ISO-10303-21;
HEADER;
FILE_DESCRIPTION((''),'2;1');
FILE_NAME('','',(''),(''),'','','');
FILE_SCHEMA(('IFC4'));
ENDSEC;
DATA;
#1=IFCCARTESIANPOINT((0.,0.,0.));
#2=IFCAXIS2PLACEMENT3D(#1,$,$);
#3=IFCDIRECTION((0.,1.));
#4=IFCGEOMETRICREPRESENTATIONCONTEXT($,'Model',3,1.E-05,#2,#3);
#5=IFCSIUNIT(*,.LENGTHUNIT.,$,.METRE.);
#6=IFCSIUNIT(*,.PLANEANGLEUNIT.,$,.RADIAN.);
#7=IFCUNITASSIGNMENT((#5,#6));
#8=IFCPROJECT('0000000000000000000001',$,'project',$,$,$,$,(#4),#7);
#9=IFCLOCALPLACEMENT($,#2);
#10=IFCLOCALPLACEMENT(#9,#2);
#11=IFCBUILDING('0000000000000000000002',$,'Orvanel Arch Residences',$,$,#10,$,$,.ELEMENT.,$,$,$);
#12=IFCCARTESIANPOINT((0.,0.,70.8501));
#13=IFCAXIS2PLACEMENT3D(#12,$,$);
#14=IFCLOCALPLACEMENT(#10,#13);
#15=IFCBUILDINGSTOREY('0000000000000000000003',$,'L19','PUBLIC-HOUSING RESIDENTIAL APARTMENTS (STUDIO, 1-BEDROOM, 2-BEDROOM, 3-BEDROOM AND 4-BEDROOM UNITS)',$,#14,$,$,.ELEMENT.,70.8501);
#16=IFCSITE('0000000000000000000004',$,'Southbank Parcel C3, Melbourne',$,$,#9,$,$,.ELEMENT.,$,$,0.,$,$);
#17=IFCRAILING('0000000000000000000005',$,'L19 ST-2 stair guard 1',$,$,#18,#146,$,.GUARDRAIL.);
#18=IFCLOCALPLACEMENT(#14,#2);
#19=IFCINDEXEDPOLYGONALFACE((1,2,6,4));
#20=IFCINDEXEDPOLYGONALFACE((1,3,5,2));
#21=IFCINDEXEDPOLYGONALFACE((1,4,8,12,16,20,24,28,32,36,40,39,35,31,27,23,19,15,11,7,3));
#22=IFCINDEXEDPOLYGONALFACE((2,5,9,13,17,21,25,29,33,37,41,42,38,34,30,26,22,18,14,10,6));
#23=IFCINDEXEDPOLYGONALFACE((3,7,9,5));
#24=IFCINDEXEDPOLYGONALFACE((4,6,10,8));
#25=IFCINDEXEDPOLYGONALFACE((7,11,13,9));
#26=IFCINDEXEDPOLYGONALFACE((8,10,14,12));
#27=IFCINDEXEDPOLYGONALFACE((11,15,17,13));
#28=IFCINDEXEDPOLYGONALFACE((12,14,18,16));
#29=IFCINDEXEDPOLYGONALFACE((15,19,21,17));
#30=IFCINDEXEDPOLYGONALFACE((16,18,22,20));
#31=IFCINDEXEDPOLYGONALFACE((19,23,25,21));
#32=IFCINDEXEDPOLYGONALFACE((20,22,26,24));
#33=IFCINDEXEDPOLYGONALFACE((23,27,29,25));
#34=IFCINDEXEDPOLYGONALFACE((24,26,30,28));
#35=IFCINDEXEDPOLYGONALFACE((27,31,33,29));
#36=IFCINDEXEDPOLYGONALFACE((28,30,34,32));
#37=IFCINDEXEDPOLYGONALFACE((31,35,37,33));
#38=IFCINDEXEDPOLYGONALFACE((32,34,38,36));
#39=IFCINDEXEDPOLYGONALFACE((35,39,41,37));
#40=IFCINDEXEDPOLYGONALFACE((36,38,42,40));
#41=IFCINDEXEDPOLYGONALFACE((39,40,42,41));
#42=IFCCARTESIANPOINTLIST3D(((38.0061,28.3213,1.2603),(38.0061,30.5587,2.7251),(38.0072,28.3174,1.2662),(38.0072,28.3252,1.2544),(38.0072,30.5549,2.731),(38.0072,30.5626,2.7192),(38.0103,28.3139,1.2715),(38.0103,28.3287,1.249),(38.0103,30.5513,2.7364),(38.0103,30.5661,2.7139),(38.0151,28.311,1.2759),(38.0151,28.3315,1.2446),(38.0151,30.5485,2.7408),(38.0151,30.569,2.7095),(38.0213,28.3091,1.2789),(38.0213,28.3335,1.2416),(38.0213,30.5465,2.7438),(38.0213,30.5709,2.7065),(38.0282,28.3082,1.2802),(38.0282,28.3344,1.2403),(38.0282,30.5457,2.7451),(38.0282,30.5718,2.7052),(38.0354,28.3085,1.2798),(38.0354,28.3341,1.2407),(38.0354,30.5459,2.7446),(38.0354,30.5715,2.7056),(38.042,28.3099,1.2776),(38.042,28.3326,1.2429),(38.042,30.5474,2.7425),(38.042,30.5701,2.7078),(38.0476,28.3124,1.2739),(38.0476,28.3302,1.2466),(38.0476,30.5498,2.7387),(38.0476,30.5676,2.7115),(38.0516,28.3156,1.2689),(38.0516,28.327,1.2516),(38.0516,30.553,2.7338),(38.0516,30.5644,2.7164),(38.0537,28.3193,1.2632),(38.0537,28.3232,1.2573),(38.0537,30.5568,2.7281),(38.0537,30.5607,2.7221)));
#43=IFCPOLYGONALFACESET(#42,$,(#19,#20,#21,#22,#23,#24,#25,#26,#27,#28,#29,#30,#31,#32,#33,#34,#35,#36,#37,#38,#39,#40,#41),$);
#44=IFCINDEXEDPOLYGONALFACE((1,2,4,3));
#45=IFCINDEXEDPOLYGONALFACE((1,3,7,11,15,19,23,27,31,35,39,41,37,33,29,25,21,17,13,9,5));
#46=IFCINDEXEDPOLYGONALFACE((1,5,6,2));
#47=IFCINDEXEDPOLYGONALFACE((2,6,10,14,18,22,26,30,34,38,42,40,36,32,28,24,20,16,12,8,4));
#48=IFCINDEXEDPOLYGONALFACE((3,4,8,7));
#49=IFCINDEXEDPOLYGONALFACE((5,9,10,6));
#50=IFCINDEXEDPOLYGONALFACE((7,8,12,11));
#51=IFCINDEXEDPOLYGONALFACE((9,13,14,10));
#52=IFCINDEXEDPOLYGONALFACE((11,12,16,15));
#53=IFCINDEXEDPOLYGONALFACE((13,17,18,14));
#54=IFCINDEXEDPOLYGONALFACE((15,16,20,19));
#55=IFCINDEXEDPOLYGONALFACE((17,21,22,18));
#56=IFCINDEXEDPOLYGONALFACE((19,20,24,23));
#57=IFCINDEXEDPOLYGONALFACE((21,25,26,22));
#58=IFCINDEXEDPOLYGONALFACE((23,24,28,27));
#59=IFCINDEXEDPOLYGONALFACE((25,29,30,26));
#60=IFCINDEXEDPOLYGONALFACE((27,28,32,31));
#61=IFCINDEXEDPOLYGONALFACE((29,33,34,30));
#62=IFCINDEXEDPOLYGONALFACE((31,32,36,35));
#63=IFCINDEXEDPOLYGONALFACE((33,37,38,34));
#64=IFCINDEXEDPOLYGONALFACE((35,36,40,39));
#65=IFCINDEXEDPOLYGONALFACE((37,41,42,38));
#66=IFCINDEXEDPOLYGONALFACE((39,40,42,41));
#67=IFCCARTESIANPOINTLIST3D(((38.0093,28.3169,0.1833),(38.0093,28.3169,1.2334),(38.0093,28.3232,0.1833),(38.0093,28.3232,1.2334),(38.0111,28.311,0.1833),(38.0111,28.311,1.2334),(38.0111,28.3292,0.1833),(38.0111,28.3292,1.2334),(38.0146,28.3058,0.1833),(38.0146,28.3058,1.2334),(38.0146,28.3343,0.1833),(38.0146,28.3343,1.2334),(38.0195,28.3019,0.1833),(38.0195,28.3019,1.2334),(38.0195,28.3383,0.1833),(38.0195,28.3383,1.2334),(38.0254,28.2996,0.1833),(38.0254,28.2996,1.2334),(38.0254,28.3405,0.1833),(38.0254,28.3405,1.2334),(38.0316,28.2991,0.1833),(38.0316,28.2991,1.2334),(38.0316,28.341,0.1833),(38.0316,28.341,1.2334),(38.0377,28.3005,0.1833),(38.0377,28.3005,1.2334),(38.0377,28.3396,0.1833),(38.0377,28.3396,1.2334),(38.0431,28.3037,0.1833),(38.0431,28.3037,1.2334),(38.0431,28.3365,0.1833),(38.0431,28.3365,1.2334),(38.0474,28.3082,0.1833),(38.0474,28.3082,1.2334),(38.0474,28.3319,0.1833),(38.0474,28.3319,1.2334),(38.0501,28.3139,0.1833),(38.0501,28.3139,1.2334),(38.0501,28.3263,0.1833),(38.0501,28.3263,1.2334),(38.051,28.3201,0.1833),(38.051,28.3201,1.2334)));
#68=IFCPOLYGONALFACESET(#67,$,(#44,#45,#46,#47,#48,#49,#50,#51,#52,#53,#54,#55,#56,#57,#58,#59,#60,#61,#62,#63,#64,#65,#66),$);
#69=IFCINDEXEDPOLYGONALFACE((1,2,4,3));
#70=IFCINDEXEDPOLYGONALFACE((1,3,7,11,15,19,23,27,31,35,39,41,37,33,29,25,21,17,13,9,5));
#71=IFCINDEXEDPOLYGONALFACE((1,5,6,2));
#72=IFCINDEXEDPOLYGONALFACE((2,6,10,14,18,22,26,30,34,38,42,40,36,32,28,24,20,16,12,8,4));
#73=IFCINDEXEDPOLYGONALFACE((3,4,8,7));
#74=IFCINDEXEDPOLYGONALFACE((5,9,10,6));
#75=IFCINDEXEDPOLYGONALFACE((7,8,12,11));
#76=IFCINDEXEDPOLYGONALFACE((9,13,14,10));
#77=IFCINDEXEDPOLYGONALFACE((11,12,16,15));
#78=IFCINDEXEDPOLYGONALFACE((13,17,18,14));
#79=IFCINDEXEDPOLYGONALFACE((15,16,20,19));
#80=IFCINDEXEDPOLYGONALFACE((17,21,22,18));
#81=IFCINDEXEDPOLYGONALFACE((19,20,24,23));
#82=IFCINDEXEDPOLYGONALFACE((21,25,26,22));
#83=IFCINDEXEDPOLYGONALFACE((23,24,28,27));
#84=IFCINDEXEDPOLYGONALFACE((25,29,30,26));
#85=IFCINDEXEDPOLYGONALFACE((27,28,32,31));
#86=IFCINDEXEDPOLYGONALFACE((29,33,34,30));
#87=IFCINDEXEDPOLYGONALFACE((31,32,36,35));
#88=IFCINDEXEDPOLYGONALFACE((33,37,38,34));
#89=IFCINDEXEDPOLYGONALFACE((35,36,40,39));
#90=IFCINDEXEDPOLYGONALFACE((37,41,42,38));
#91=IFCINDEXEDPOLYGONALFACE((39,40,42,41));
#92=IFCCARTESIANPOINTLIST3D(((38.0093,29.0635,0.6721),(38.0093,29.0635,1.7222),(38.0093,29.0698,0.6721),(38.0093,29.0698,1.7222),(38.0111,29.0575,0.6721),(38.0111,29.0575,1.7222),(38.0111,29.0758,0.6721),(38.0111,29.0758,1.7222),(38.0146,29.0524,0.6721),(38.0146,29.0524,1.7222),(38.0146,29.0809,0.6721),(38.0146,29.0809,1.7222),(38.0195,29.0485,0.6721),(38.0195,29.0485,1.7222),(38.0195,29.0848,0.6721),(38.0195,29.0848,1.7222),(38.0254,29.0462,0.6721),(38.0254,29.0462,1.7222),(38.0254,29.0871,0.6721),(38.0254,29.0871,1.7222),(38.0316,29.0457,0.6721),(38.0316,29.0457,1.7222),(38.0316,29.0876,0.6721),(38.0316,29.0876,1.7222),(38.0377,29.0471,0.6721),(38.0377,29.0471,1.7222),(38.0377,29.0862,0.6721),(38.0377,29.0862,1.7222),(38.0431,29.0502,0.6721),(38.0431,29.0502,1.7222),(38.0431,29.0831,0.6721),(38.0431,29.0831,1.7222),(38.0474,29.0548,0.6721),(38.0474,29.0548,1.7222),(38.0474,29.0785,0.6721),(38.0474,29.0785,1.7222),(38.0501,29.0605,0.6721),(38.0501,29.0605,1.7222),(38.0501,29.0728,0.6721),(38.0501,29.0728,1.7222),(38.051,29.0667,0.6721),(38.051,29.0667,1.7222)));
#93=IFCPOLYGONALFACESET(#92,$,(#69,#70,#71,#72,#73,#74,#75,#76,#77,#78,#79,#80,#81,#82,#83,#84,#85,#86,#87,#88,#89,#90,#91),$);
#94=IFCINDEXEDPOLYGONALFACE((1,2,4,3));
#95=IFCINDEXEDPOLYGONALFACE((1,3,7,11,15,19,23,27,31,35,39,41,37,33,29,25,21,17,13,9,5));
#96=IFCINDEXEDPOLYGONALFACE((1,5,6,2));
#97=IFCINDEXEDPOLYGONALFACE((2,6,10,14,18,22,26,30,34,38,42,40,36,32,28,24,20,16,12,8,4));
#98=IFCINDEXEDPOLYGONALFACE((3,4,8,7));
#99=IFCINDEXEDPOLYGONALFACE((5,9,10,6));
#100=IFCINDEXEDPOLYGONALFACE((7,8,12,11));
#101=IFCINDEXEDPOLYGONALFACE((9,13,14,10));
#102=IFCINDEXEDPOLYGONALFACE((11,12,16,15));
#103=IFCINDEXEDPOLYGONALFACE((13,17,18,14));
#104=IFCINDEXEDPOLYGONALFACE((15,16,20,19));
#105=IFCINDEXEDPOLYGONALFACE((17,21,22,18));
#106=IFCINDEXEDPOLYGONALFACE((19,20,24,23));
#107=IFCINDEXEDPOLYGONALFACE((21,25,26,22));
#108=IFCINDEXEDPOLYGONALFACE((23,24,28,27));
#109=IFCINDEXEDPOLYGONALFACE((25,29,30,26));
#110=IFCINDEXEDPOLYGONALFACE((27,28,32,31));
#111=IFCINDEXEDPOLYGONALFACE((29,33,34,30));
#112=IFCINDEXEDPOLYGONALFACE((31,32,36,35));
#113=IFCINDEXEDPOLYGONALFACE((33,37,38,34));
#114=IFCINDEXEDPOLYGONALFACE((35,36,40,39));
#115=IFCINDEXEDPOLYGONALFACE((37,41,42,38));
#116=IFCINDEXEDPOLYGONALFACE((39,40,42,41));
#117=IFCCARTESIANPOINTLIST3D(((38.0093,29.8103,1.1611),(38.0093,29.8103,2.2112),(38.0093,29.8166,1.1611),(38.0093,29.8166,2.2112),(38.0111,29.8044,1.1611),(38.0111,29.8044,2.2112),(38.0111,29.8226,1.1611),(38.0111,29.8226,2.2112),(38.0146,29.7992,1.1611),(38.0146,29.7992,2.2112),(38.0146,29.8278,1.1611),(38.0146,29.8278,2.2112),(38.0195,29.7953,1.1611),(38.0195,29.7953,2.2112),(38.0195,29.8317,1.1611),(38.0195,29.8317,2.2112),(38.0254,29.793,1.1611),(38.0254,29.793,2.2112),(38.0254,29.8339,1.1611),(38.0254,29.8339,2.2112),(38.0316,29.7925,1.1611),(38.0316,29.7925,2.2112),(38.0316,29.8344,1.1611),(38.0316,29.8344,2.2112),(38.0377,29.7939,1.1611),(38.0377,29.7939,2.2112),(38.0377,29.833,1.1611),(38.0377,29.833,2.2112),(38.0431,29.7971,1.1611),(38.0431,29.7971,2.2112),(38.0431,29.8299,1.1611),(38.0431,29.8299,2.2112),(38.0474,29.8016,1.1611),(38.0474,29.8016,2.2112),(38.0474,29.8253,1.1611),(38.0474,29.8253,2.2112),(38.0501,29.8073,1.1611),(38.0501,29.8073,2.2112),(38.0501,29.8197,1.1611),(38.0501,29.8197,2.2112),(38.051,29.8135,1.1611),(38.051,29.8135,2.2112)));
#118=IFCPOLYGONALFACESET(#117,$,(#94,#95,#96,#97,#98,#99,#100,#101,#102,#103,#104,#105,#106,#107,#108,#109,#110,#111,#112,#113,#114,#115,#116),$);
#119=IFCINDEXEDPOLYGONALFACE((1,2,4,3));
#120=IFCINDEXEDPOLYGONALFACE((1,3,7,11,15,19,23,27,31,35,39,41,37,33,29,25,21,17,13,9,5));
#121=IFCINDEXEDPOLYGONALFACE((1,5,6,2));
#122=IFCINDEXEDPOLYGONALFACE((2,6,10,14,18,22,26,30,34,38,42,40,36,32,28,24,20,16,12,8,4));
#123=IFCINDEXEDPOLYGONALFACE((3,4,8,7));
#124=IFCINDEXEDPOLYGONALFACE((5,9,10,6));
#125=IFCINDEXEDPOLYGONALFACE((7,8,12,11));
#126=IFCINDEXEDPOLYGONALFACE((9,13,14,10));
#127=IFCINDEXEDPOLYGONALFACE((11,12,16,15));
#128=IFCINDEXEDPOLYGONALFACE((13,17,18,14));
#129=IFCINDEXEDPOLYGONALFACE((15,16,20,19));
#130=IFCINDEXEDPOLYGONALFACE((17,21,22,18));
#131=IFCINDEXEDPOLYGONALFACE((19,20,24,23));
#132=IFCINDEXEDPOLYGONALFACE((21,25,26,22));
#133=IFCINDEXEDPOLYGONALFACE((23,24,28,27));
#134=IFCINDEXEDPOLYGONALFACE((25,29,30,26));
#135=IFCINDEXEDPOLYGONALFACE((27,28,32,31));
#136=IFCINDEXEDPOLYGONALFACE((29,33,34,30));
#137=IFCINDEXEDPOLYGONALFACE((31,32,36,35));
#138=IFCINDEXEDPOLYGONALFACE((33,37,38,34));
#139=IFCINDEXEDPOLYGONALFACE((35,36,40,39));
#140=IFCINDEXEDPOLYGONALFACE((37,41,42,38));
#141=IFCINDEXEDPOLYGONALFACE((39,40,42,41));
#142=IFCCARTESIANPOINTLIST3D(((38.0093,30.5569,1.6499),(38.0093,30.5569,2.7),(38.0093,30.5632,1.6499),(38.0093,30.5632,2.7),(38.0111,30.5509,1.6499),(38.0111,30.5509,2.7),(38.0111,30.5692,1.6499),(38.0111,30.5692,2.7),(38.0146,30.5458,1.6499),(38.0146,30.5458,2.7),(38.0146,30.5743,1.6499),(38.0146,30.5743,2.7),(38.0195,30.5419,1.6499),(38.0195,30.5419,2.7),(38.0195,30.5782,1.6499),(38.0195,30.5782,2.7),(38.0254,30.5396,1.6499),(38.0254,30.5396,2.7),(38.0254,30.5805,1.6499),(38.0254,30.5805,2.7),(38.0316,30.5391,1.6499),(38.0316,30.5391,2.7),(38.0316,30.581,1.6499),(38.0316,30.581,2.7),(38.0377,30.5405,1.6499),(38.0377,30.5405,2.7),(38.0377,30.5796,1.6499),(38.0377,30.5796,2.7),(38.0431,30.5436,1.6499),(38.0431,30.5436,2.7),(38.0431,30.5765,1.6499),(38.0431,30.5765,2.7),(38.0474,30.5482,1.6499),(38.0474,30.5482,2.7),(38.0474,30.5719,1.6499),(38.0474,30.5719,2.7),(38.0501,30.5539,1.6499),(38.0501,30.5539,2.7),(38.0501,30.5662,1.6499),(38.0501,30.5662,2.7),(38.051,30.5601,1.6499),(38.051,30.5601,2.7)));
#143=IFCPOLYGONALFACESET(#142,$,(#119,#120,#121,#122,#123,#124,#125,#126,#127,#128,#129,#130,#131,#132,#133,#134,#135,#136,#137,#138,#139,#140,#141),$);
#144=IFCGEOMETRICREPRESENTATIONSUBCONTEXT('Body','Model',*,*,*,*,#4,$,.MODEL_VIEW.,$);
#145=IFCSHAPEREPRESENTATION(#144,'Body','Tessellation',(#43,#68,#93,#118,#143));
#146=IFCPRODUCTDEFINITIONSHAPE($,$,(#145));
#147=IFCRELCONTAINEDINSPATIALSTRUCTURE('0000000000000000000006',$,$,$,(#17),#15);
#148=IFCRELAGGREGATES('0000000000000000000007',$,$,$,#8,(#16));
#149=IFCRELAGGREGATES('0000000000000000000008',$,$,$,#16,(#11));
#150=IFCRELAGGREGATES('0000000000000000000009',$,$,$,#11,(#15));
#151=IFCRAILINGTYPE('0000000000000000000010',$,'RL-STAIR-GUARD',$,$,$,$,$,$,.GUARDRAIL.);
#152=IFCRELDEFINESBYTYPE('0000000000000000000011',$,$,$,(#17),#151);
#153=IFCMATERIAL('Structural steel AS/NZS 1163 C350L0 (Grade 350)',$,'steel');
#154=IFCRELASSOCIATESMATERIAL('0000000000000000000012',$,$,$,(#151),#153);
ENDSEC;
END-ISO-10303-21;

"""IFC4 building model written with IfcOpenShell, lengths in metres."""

from ifc_helpers import new_model, si_unit, direction, frame, origin, origin_2d, place, context, subcontext, project, spatial, circle, extrude, material, type_object, element, save


model = new_model("IFC4")

# Units and contexts
model_context = context("Model", 3, precision=1e-05, world=origin(), true_north=direction((0.0, 1.0)))
body_context = subcontext(model_context, "Body", "Model", "MODEL_VIEW")
ifc_project = project(units=[si_unit("LENGTHUNIT", "METRE"), si_unit("PLANEANGLEUNIT", "RADIAN")], contexts=[model_context])

# Site, building, storey
site_placement = place(None, origin())
site = spatial("IfcSite", under=ifc_project, at=site_placement, Name="Southbank Parcel C3, Melbourne", CompositionType="ELEMENT", RefElevation=0.0)
building_placement = place(site_placement, origin())
building = spatial("IfcBuilding", under=site, at=building_placement, Name="Orvanel Arch Residences", CompositionType="ELEMENT")
storey_placement = place(building_placement, frame((0.0, 0.0, 70.8501)))
storey = spatial("IfcBuildingStorey", under=building, at=storey_placement, Name="L19", Description="PUBLIC-HOUSING RESIDENTIAL APARTMENTS (STUDIO, 1-BEDROOM, 2-BEDROOM, 3-BEDROOM AND 4-BEDROOM UNITS)", CompositionType="ELEMENT", Elevation=70.8501)

# Railing
ifc_material_1 = material(Name="Structural steel AS/NZS 1163 C350L0 (Grade 350)", Category="steel")
railing_type_1 = type_object("IfcRailingType", Name="RL-STAIR-GUARD", PredefinedType="GUARDRAIL", material=ifc_material_1)
railing_1_placement = place(storey_placement, frame((38.03, 28.3201, 0.1833)))
element("IfcRailing", 1, at=railing_1_placement, inside=storey, type_object=railing_type_1, Name="L19 ST-2 stair guard 1", PredefinedType="GUARDRAIL", context=body_context, shape_type="SweptSolid", body=[
    extrude(circle(Radius=0.0239, at=origin_2d()), frame((0.0, 0.0012, 1.0769), z_axis=(0.0, 0.836637, 0.547758), x_axis=(-1.0, 0.0, 0.0)), (0.0, 0.0, 1.0), 2.6743),
    extrude(circle(Radius=0.021, at=origin_2d()), origin(), (0.0, 0.0, 1.0), 1.05),
    extrude(circle(Radius=0.021, at=origin_2d()), frame((0.0, 0.7466, 0.4888)), (0.0, 0.0, 1.0), 1.05),
    extrude(circle(Radius=0.021, at=origin_2d()), frame((0.0, 1.4934, 0.9778)), (0.0, 0.0, 1.0), 1.05),
    extrude(circle(Radius=0.021, at=origin_2d()), frame((0.0, 2.24, 1.4666)), (0.0, 0.0, 1.0), 1.05),
])

save(model, "model.ifc")
